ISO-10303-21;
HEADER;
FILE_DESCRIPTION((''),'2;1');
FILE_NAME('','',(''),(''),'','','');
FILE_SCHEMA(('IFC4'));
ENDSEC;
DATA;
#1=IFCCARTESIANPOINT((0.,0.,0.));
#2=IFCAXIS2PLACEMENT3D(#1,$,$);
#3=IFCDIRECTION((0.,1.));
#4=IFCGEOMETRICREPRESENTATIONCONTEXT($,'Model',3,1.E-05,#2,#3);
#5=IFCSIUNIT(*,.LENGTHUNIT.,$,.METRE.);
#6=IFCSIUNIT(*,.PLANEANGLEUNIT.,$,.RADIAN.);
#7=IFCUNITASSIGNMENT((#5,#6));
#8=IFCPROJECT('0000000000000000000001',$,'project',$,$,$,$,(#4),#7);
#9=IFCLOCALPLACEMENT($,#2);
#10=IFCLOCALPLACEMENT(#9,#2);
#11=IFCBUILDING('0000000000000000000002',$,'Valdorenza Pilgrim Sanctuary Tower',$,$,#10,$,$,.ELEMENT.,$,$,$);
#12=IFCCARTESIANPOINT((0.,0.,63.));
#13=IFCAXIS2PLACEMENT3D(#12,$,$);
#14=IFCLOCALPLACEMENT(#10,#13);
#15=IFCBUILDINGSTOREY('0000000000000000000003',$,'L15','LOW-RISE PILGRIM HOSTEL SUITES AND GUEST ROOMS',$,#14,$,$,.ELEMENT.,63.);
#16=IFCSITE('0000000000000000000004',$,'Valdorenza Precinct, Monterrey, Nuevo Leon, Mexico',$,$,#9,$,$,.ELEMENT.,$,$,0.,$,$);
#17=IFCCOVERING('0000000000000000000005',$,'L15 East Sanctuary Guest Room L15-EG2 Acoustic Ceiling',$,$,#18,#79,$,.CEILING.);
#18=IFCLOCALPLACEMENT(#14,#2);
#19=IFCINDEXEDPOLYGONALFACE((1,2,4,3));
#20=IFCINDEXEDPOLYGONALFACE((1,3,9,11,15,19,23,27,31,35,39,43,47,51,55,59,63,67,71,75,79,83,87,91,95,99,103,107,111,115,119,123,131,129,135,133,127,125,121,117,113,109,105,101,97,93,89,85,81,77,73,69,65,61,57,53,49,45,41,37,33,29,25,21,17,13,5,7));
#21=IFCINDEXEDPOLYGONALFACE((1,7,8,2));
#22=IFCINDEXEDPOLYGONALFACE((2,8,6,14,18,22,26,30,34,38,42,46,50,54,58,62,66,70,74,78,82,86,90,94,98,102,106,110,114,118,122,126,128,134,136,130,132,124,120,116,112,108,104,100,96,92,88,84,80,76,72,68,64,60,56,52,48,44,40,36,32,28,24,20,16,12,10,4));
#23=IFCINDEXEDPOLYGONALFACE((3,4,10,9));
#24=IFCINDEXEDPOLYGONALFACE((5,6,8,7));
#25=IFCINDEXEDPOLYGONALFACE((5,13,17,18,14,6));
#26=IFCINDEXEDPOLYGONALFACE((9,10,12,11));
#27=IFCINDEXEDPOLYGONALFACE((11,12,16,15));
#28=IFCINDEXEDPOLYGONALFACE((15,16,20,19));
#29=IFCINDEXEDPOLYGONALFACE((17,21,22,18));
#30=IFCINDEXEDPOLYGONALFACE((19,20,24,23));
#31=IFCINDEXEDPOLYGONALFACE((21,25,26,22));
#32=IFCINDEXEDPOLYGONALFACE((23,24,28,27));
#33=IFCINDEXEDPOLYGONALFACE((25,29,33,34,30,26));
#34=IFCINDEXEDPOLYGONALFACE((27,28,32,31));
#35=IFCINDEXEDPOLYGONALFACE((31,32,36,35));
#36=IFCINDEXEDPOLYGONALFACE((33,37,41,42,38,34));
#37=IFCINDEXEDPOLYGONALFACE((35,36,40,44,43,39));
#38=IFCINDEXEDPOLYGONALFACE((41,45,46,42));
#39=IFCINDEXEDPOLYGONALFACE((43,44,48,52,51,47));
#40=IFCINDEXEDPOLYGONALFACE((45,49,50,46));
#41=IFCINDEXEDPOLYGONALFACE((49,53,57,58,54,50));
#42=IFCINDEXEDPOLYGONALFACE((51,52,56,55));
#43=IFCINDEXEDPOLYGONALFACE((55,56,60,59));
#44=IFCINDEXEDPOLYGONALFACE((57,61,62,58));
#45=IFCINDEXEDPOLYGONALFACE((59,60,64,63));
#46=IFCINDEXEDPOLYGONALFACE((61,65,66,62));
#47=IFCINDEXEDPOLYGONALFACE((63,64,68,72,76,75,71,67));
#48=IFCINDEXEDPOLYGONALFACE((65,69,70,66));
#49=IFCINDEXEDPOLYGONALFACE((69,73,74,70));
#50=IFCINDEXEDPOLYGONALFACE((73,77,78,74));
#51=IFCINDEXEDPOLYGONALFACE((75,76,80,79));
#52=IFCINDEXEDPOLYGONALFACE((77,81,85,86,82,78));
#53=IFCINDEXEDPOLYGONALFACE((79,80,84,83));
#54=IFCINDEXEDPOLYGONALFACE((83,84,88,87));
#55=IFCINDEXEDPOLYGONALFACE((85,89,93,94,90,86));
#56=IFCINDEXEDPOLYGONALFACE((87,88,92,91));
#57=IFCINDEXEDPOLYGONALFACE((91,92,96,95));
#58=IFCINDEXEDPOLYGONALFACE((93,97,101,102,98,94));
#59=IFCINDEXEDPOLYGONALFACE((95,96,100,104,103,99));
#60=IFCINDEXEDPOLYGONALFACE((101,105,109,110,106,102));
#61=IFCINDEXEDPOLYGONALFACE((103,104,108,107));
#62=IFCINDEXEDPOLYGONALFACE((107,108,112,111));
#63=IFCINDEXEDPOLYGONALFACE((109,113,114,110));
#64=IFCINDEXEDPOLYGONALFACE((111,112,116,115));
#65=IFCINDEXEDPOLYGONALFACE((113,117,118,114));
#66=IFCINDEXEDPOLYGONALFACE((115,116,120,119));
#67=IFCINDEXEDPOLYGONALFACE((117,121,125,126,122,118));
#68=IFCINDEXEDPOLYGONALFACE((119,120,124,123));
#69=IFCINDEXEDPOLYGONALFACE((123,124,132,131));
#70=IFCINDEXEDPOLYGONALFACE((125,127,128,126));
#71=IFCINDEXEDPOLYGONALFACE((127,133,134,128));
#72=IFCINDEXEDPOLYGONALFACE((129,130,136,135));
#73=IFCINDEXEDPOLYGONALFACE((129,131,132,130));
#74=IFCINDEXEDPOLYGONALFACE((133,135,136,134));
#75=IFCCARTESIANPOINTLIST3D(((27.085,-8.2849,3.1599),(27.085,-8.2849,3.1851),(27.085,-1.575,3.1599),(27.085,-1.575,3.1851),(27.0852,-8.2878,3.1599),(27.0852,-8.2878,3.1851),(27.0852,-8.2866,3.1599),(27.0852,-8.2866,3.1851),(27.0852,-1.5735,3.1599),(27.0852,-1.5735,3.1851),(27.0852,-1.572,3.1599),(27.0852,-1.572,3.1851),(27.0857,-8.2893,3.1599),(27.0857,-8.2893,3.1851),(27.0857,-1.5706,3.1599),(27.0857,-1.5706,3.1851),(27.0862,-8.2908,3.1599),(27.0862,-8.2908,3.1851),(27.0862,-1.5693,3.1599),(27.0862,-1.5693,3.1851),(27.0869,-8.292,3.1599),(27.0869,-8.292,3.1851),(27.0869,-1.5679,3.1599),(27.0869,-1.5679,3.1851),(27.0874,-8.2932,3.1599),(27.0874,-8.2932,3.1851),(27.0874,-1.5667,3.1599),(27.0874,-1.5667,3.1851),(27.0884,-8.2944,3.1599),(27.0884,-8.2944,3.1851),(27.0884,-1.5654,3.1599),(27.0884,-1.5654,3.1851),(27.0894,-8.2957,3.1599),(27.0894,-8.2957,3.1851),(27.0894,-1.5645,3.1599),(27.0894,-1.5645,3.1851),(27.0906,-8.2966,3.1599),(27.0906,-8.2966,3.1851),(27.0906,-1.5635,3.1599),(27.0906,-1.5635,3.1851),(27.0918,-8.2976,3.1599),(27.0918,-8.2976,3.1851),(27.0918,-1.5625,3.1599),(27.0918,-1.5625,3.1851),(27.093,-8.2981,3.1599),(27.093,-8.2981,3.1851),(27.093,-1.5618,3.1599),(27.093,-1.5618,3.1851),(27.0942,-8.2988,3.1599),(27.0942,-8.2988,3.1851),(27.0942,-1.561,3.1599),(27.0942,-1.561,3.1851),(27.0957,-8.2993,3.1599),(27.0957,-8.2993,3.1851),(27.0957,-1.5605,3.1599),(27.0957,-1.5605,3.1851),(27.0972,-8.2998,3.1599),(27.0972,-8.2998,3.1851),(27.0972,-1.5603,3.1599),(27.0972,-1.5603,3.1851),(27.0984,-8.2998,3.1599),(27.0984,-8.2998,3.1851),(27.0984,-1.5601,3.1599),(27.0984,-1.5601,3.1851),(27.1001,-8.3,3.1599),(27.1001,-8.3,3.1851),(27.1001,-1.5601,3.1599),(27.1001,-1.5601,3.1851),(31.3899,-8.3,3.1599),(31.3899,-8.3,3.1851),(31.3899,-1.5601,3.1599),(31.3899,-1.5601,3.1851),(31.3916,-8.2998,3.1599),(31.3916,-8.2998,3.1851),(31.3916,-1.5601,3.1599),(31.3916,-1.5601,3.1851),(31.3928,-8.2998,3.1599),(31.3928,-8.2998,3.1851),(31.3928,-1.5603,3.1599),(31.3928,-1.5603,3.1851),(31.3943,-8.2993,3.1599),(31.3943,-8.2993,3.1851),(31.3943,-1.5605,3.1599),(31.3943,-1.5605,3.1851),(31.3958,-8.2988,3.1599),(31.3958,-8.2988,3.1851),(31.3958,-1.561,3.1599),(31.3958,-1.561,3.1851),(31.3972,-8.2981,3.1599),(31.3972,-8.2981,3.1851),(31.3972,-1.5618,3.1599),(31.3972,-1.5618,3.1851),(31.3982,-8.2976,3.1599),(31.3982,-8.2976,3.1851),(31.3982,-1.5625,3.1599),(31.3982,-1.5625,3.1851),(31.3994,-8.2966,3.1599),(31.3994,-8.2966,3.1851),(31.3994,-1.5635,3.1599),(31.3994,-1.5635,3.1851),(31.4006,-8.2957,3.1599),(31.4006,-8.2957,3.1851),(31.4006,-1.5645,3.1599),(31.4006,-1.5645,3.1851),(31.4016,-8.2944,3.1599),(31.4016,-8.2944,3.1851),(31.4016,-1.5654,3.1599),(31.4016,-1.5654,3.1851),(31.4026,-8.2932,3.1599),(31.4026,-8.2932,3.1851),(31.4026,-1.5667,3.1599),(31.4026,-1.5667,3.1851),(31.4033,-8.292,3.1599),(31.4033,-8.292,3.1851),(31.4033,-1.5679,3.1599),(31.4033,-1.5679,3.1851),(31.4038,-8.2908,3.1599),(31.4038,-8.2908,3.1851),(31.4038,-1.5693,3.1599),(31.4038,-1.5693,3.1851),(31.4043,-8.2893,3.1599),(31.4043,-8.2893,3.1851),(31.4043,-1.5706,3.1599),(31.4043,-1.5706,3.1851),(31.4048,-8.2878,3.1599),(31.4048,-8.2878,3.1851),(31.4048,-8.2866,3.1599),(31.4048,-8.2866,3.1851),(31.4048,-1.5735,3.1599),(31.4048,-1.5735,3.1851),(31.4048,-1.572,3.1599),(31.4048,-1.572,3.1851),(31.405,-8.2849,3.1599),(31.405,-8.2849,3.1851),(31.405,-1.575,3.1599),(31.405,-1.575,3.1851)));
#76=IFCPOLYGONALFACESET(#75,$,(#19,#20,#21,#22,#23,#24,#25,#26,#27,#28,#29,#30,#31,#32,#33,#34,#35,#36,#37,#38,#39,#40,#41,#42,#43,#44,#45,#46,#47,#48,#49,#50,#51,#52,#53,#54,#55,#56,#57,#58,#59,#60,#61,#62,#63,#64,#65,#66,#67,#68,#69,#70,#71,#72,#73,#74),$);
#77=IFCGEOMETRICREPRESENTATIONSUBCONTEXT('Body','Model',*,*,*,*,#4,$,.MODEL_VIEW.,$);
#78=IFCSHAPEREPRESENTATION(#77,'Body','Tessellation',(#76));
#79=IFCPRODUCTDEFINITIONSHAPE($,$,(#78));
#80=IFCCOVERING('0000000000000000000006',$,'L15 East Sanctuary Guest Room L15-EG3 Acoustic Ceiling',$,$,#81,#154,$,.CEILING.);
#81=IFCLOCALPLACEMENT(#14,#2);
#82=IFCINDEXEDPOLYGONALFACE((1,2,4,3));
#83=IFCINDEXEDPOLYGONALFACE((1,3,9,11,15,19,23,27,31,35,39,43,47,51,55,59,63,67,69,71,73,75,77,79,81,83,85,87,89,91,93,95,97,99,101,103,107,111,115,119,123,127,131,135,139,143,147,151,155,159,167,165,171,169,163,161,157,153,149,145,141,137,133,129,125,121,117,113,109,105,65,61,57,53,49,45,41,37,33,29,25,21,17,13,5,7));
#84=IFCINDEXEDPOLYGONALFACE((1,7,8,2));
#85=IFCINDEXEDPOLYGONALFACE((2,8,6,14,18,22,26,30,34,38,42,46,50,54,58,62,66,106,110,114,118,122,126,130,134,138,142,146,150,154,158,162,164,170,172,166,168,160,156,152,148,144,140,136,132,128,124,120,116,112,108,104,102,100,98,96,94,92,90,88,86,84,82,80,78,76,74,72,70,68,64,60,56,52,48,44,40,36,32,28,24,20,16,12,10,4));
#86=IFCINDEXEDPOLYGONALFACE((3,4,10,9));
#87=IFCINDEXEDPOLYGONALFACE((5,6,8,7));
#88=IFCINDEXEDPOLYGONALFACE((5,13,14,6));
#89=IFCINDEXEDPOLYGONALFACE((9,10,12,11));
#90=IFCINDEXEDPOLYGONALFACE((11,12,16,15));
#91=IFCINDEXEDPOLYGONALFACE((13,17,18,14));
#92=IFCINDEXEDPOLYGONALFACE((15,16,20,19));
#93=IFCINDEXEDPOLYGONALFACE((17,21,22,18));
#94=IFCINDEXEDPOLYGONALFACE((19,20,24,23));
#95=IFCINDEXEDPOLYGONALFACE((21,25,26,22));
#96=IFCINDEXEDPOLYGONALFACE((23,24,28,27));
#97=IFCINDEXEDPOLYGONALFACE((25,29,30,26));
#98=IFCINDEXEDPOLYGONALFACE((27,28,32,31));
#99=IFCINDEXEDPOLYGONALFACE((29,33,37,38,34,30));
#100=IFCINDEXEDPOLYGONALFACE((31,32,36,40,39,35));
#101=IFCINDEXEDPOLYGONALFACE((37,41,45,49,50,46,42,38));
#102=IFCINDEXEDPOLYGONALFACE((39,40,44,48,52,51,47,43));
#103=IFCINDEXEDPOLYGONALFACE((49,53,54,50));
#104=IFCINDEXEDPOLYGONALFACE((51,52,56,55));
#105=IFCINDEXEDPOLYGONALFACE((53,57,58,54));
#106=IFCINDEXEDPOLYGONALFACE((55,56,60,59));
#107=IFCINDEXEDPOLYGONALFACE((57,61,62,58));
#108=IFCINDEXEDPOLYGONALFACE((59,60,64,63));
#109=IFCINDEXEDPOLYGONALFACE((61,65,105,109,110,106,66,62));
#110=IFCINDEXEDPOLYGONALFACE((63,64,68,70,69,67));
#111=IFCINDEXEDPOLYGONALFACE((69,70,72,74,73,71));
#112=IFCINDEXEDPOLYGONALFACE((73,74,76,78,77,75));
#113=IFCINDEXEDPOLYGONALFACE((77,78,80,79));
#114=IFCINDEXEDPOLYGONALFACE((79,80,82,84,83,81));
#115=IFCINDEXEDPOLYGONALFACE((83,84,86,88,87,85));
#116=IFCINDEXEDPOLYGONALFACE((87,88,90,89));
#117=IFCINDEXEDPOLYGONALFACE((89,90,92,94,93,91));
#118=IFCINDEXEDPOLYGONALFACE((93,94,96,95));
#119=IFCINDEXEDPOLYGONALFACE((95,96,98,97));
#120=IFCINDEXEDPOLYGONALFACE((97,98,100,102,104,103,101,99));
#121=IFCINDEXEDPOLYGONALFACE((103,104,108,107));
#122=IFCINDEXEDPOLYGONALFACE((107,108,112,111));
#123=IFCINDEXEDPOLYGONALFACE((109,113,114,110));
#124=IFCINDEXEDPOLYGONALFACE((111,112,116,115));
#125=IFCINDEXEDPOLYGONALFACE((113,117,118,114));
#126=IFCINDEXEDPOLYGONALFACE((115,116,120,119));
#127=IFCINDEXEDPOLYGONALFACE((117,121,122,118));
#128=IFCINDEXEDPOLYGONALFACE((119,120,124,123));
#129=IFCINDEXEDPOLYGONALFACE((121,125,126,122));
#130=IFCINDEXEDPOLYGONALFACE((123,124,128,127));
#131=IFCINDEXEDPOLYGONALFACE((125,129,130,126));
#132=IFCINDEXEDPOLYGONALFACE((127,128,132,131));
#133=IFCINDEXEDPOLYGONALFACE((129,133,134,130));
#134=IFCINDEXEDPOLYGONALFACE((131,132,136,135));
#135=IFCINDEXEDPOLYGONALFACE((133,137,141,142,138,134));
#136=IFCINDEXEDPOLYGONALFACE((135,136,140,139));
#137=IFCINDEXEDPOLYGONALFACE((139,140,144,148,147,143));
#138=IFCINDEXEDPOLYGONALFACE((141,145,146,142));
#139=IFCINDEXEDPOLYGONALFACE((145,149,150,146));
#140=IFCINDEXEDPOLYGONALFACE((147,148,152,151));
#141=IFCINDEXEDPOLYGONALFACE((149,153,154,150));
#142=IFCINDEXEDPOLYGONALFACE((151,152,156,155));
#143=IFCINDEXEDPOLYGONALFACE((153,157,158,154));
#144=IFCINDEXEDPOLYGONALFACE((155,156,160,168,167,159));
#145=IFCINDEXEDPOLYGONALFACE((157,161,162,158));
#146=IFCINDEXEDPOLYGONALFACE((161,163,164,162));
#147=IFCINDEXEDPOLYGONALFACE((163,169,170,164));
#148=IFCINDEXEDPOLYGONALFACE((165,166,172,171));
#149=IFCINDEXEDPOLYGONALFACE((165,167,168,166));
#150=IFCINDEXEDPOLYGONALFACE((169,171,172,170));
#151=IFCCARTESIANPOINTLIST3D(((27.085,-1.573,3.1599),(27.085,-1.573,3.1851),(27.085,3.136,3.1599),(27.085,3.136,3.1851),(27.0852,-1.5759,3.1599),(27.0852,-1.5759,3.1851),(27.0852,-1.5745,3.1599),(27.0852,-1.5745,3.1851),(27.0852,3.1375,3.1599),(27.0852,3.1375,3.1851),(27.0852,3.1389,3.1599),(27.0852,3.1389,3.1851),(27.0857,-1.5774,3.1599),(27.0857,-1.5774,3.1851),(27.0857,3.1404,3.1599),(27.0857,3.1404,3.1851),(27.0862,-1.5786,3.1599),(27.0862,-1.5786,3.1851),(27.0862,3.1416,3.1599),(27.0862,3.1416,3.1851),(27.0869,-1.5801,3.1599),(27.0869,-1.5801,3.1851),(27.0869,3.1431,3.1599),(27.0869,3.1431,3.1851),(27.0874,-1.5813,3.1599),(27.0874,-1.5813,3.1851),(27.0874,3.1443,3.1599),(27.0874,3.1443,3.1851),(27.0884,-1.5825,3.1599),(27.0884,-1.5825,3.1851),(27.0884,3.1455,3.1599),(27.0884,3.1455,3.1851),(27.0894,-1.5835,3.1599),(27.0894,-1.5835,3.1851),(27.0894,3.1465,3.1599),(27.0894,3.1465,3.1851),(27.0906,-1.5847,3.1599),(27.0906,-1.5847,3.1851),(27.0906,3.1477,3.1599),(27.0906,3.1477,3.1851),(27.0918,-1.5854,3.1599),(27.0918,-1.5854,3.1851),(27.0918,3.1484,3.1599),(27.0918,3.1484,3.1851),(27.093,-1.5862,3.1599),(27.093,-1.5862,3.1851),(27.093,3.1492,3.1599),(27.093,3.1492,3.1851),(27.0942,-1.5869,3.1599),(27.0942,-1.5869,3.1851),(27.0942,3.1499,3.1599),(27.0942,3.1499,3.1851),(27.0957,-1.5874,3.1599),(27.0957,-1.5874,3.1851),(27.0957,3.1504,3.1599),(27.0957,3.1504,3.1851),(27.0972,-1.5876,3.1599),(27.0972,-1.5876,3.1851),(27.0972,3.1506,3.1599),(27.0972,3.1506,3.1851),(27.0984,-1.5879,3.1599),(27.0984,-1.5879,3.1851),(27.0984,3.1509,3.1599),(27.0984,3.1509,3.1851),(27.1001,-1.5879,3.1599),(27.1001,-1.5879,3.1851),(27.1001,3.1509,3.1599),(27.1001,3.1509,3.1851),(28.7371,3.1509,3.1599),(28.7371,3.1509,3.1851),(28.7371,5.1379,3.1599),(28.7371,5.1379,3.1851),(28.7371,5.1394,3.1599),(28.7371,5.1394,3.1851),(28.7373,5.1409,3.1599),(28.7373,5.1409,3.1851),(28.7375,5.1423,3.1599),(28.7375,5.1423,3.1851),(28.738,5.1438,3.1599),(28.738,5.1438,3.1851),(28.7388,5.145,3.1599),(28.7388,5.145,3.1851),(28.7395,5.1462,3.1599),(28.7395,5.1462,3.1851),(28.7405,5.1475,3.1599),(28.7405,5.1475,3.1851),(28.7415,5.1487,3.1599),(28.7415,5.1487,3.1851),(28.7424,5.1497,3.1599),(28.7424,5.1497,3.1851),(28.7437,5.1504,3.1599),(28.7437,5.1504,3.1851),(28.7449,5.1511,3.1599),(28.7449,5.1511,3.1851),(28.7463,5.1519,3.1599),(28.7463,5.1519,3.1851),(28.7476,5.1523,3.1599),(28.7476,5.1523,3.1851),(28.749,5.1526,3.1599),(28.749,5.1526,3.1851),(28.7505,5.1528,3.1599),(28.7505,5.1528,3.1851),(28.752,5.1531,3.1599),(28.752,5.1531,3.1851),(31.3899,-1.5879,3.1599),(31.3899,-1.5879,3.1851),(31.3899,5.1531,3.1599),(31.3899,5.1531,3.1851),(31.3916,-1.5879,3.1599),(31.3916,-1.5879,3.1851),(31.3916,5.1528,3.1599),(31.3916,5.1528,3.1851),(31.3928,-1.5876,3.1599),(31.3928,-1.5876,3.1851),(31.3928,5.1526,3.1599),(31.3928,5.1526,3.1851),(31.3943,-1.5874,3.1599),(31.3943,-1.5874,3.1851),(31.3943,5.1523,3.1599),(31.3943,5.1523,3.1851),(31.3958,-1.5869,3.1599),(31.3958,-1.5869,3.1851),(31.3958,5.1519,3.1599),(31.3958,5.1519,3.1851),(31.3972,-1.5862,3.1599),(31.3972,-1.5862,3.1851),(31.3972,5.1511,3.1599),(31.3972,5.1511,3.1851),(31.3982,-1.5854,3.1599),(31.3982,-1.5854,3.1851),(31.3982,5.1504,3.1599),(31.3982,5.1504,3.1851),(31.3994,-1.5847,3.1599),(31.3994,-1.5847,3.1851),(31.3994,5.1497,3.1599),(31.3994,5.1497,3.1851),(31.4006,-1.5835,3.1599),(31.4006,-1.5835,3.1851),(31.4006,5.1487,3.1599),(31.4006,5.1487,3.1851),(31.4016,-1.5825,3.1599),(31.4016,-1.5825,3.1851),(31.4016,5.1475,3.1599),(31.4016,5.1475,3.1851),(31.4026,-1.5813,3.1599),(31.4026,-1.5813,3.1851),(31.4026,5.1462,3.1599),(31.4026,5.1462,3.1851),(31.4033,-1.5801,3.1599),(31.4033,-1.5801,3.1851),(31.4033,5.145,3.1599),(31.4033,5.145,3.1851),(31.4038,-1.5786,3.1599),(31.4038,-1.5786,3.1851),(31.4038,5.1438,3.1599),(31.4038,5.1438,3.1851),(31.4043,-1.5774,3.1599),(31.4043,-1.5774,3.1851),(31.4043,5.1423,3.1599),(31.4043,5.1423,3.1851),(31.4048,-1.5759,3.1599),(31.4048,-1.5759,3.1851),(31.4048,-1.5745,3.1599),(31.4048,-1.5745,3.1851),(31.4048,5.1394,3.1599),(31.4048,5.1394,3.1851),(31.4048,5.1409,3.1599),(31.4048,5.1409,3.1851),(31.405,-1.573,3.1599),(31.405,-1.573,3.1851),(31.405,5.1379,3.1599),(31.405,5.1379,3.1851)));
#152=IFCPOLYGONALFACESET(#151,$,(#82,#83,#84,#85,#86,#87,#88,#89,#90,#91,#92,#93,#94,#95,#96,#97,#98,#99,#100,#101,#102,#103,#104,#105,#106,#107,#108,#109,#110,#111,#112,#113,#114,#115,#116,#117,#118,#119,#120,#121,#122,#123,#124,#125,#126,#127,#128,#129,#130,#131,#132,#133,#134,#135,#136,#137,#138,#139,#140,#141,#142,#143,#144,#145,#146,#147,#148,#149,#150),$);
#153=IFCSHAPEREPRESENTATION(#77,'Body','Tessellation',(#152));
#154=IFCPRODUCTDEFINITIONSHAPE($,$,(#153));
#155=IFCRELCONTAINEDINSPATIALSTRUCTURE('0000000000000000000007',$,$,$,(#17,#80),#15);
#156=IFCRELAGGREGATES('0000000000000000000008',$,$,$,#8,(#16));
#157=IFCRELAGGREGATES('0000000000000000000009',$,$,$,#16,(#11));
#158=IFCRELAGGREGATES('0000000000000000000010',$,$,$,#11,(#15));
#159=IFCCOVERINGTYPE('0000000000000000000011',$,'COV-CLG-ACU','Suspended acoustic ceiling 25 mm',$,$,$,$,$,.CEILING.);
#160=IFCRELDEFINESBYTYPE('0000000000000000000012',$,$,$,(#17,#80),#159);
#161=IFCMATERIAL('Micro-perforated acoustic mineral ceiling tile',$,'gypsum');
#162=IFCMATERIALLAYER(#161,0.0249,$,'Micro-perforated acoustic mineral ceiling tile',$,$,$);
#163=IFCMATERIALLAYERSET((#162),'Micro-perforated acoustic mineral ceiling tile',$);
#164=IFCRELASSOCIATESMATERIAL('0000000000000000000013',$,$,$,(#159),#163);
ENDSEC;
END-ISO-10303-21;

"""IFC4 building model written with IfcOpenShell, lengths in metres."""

from ifc_helpers import new_model, si_unit, direction, frame, origin, place, context, subcontext, project, spatial, polyline, outline, extrude, material, layer, layer_set, type_object, element, save


model = new_model("IFC4")

# Units and contexts
model_context = context("Model", 3, precision=1e-05, world=origin(), true_north=direction((0.0, 1.0)))
body_context = subcontext(model_context, "Body", "Model", "MODEL_VIEW")
ifc_project = project(units=[si_unit("LENGTHUNIT", "METRE"), si_unit("PLANEANGLEUNIT", "RADIAN")], contexts=[model_context])

# Site, building, storey
site_placement = place(None, origin())
site = spatial("IfcSite", under=ifc_project, at=site_placement, Name="Valdorenza Precinct, Monterrey, Nuevo Leon, Mexico", CompositionType="ELEMENT", RefElevation=0.0)
building_placement = place(site_placement, origin())
building = spatial("IfcBuilding", under=site, at=building_placement, Name="Valdorenza Pilgrim Sanctuary Tower", CompositionType="ELEMENT")
storey_placement = place(building_placement, frame((0.0, 0.0, 63.0)))
storey = spatial("IfcBuildingStorey", under=building, at=storey_placement, Name="L15", Description="LOW-RISE PILGRIM HOSTEL SUITES AND GUEST ROOMS", CompositionType="ELEMENT", Elevation=63.0)

# Coverings
ifc_material_1 = material(Name="Micro-perforated acoustic mineral ceiling tile", Category="gypsum")
ifc_layer_1 = layer(ifc_material_1, 0.0249, Name="Micro-perforated acoustic mineral ceiling tile")
ifc_layer_set_1 = layer_set([ifc_layer_1], Name="Micro-perforated acoustic mineral ceiling tile")
covering_type_1 = type_object("IfcCoveringType", Name="COV-CLG-ACU", Description="Suspended acoustic ceiling 25 mm", PredefinedType="CEILING", material=ifc_layer_set_1)
covering_1_placement = place(storey_placement, frame((0.0, 0.0, 3.1599)))
element("IfcCovering", 1, at=covering_1_placement, inside=storey, type_object=covering_type_1, Name="L15 East Sanctuary Guest Room L15-EG2 Acoustic Ceiling", PredefinedType="CEILING", context=body_context, shape_type="SweptSolid", body=[
    extrude(outline(polyline([(31.3899, -1.5601), (31.3916, -1.5601), (31.3928, -1.5603), (31.3943, -1.5605), (31.3958, -1.561), (31.3972, -1.5618), (31.3982, -1.5625), (31.3994, -1.5635), (31.4006, -1.5645), (31.4016, -1.5654), (31.4026, -1.5667), (31.4033, -1.5679), (31.4038, -1.5693), (31.4043, -1.5706), (31.4048, -1.572), (31.4048, -1.5735), (31.405, -1.575), (31.405, -8.2849), (31.4048, -8.2866), (31.4048, -8.2878), (31.4043, -8.2893), (31.4038, -8.2908), (31.4033, -8.292), (31.4026, -8.2932), (31.4016, -8.2944), (31.4006, -8.2957), (31.3994, -8.2966), (31.3982, -8.2976), (31.3972, -8.2981), (31.3958, -8.2988), (31.3943, -8.2993), (31.3928, -8.2998), (31.3916, -8.2998), (31.3899, -8.3), (27.1001, -8.3), (27.0984, -8.2998), (27.0972, -8.2998), (27.0957, -8.2993), (27.0942, -8.2988), (27.093, -8.2981), (27.0918, -8.2976), (27.0906, -8.2966), (27.0894, -8.2957), (27.0884, -8.2944), (27.0874, -8.2932), (27.0869, -8.292), (27.0862, -8.2908), (27.0857, -8.2893), (27.0852, -8.2878), (27.0852, -8.2866), (27.085, -8.2849), (27.085, -1.575), (27.0852, -1.5735), (27.0852, -1.572), (27.0857, -1.5706), (27.0862, -1.5693), (27.0869, -1.5679), (27.0874, -1.5667), (27.0884, -1.5654), (27.0894, -1.5645), (27.0906, -1.5635), (27.0918, -1.5625), (27.093, -1.5618), (27.0942, -1.561), (27.0957, -1.5605), (27.0972, -1.5603), (27.0984, -1.5601), (27.1001, -1.5601), (31.3899, -1.5601)])), origin(), (0.0, 0.0, 1.0), 0.0251),
])
covering_2_placement = place(storey_placement, frame((0.0, 0.0, 3.1599)))
element("IfcCovering", 2, at=covering_2_placement, inside=storey, type_object=covering_type_1, Name="L15 East Sanctuary Guest Room L15-EG3 Acoustic Ceiling", PredefinedType="CEILING", context=body_context, shape_type="SweptSolid", body=[
    extrude(outline(polyline([(27.085, 3.136), (27.0852, 3.1375), (27.0852, 3.1389), (27.0857, 3.1404), (27.0862, 3.1416), (27.0869, 3.1431), (27.0874, 3.1443), (27.0884, 3.1455), (27.0894, 3.1465), (27.0906, 3.1477), (27.0918, 3.1484), (27.093, 3.1492), (27.0942, 3.1499), (27.0957, 3.1504), (27.0972, 3.1506), (27.0984, 3.1509), (27.1001, 3.1509), (28.7371, 3.1509), (28.7371, 5.1379), (28.7371, 5.1394), (28.7373, 5.1409), (28.7375, 5.1423), (28.738, 5.1438), (28.7388, 5.145), (28.7395, 5.1462), (28.7405, 5.1475), (28.7415, 5.1487), (28.7424, 5.1497), (28.7437, 5.1504), (28.7449, 5.1511), (28.7463, 5.1519), (28.7476, 5.1523), (28.749, 5.1526), (28.7505, 5.1528), (28.752, 5.1531), (31.3899, 5.1531), (31.3916, 5.1528), (31.3928, 5.1526), (31.3943, 5.1523), (31.3958, 5.1519), (31.3972, 5.1511), (31.3982, 5.1504), (31.3994, 5.1497), (31.4006, 5.1487), (31.4016, 5.1475), (31.4026, 5.1462), (31.4033, 5.145), (31.4038, 5.1438), (31.4043, 5.1423), (31.4048, 5.1409), (31.4048, 5.1394), (31.405, 5.1379), (31.405, -1.573), (31.4048, -1.5745), (31.4048, -1.5759), (31.4043, -1.5774), (31.4038, -1.5786), (31.4033, -1.5801), (31.4026, -1.5813), (31.4016, -1.5825), (31.4006, -1.5835), (31.3994, -1.5847), (31.3982, -1.5854), (31.3972, -1.5862), (31.3958, -1.5869), (31.3943, -1.5874), (31.3928, -1.5876), (31.3916, -1.5879), (31.3899, -1.5879), (27.1001, -1.5879), (27.0984, -1.5879), (27.0972, -1.5876), (27.0957, -1.5874), (27.0942, -1.5869), (27.093, -1.5862), (27.0918, -1.5854), (27.0906, -1.5847), (27.0894, -1.5835), (27.0884, -1.5825), (27.0874, -1.5813), (27.0869, -1.5801), (27.0862, -1.5786), (27.0857, -1.5774), (27.0852, -1.5759), (27.0852, -1.5745), (27.085, -1.573), (27.085, 3.136)])), origin(), (0.0, 0.0, 1.0), 0.0251),
])

save(model, "model.ifc")
